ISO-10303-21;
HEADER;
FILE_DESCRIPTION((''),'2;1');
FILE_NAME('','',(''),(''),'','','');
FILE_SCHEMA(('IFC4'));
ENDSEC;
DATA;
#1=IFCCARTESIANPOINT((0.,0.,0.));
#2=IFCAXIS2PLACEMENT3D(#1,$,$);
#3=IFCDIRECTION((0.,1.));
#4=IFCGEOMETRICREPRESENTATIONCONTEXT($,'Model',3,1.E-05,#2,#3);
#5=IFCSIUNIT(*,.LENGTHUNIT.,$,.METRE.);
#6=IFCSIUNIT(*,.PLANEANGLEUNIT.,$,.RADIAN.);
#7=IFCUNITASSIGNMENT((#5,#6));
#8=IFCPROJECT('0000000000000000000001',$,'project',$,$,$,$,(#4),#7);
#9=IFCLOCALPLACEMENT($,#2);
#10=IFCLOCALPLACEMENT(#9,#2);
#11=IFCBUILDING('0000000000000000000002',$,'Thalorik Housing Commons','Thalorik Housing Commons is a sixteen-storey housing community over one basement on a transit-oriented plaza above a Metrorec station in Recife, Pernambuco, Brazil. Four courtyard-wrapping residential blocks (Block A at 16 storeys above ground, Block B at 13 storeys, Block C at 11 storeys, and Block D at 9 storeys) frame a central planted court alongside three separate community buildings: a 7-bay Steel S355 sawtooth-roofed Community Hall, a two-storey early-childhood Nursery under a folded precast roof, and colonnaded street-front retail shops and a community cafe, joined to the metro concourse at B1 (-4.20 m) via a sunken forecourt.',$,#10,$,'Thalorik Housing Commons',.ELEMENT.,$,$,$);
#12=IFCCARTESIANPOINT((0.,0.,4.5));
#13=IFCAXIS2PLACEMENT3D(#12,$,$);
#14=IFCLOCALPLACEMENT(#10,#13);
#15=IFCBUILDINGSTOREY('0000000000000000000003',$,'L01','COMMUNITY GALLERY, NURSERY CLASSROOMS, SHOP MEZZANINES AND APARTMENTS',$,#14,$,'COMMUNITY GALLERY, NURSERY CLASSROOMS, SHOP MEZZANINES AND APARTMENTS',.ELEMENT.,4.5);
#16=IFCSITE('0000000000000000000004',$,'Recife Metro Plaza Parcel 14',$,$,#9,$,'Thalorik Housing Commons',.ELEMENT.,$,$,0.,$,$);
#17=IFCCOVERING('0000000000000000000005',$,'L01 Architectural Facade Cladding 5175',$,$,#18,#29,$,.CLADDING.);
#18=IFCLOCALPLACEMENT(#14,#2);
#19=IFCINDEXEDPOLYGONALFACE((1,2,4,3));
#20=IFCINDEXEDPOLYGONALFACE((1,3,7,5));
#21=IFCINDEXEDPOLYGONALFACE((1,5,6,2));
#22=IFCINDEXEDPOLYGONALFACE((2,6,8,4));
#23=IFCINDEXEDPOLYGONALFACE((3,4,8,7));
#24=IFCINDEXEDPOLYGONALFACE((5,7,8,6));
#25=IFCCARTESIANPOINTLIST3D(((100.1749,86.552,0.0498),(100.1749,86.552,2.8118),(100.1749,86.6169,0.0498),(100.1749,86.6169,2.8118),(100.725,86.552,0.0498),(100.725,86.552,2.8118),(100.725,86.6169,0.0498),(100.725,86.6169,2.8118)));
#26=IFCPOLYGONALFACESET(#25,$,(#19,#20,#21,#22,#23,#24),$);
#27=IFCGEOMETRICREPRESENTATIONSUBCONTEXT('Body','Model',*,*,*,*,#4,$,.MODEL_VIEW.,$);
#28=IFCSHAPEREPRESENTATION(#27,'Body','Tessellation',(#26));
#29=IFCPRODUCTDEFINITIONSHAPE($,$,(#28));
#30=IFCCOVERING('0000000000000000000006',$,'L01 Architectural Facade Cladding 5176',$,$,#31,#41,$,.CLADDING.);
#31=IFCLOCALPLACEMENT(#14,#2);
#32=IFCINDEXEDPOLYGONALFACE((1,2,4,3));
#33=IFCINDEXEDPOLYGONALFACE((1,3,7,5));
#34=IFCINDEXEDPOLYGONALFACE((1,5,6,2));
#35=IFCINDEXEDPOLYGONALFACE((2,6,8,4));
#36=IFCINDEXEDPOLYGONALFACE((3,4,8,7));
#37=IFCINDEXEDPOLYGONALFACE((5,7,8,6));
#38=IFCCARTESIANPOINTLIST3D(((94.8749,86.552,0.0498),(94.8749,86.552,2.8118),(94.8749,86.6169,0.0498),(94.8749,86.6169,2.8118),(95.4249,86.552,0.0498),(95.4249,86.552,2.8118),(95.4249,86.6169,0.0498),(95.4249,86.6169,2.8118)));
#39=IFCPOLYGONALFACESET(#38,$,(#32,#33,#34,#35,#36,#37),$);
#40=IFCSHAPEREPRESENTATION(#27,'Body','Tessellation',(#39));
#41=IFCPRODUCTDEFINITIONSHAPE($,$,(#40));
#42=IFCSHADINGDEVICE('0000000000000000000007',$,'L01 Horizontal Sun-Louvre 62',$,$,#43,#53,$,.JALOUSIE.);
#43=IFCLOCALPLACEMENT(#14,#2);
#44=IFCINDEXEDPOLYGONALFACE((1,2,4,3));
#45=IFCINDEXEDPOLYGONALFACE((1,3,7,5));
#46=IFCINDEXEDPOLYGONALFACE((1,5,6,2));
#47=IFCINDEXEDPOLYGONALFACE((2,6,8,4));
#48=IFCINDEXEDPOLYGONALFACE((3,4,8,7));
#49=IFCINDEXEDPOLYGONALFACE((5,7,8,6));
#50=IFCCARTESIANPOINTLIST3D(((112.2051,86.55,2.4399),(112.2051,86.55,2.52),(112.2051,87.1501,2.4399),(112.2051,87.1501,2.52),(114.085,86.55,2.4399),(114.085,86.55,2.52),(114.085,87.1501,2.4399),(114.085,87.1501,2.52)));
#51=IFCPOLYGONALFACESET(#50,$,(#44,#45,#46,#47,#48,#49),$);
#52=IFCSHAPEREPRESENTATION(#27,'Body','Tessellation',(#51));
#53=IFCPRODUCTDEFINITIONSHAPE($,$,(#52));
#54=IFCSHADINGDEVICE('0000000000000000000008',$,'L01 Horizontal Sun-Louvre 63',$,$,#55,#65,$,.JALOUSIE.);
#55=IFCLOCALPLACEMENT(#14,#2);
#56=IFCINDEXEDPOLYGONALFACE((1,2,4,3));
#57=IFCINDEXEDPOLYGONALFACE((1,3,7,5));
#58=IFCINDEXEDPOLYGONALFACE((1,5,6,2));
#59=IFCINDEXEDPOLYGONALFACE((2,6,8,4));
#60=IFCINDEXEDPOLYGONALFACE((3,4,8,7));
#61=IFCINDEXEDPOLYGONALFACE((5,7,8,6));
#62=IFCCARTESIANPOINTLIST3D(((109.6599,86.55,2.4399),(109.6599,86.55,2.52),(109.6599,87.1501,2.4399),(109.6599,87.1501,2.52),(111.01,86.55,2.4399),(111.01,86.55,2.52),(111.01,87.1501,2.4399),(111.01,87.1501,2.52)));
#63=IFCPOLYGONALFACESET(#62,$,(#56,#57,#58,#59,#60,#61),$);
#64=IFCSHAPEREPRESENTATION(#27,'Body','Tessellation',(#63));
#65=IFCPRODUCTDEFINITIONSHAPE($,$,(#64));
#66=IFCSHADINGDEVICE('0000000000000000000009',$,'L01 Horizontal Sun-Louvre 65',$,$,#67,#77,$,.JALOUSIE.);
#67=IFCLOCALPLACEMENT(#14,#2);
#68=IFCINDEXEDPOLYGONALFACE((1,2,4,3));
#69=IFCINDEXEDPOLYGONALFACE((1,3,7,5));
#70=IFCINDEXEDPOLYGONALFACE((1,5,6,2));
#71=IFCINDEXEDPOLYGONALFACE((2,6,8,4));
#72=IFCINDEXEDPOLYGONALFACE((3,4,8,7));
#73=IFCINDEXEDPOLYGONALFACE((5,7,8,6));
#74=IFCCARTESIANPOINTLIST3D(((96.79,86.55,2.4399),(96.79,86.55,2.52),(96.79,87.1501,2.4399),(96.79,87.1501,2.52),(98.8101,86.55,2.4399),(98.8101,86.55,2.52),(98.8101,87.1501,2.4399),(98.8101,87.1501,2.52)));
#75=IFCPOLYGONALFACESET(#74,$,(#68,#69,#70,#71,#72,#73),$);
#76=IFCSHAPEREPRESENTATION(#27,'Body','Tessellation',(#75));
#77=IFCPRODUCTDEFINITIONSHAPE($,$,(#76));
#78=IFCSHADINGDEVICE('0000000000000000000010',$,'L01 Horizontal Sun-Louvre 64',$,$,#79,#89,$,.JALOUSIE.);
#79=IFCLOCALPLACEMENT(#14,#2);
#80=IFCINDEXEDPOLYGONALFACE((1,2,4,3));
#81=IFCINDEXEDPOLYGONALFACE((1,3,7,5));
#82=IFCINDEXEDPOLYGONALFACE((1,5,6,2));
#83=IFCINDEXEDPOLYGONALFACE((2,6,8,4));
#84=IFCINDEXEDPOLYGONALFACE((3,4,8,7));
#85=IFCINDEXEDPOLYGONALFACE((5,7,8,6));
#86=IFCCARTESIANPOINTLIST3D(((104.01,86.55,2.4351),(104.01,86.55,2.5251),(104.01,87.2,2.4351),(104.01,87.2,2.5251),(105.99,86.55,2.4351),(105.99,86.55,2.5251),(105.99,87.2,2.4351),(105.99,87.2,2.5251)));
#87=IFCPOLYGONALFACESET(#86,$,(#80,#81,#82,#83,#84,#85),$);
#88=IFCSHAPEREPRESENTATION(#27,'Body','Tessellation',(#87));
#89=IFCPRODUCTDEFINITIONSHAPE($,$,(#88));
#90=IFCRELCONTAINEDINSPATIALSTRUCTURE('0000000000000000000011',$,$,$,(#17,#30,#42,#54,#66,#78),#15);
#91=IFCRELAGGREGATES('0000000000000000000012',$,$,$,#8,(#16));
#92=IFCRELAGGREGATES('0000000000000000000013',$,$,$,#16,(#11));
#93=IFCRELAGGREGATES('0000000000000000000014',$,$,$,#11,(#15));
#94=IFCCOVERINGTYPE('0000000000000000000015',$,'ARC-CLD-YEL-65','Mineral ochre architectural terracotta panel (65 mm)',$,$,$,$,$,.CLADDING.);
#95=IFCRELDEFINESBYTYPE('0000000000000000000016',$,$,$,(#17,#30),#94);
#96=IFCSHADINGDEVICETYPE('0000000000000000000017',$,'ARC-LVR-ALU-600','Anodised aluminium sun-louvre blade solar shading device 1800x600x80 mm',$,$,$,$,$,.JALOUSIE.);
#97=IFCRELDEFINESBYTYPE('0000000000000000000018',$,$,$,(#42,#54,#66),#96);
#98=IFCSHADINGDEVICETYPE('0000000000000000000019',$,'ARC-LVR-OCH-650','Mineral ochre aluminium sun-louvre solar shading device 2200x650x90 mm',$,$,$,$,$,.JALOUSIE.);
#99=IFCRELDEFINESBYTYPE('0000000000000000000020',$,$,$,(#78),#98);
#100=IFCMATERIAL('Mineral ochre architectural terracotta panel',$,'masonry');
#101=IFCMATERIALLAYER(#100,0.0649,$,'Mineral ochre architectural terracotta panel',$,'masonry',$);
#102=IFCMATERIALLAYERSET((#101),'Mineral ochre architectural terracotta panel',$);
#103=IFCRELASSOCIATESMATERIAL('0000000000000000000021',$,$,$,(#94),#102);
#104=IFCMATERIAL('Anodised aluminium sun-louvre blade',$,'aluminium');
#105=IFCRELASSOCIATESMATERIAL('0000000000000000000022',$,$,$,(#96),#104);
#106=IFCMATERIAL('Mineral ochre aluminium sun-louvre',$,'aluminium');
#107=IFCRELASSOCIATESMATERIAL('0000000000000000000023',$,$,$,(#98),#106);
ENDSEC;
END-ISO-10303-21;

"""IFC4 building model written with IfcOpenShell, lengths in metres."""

from ifc_helpers import new_model, si_unit, direction, frame, origin, origin_2d, place, context, subcontext, project, spatial, rectangle, extrude, material, layer, layer_set, type_object, element, save


model = new_model("IFC4")

# Units and contexts
model_context = context("Model", 3, precision=1e-05, world=origin(), true_north=direction((0.0, 1.0)))
body_context = subcontext(model_context, "Body", "Model", "MODEL_VIEW")
ifc_project = project(units=[si_unit("LENGTHUNIT", "METRE"), si_unit("PLANEANGLEUNIT", "RADIAN")], contexts=[model_context])

# Site, building, storey
site_placement = place(None, origin())
site = spatial("IfcSite", under=ifc_project, at=site_placement, Name="Recife Metro Plaza Parcel 14", LongName="Thalorik Housing Commons", CompositionType="ELEMENT", RefElevation=0.0)
building_placement = place(site_placement, origin())
building = spatial("IfcBuilding", under=site, at=building_placement, Name="Thalorik Housing Commons", Description="Thalorik Housing Commons is a sixteen-storey housing community over one basement on a transit-oriented plaza above a Metrorec station in Recife, Pernambuco, Brazil. Four courtyard-wrapping residential blocks (Block A at 16 storeys above ground, Block B at 13 storeys, Block C at 11 storeys, and Block D at 9 storeys) frame a central planted court alongside three separate community buildings: a 7-bay Steel S355 sawtooth-roofed Community Hall, a two-storey early-childhood Nursery under a folded precast roof, and colonnaded street-front retail shops and a community cafe, joined to the metro concourse at B1 (-4.20 m) via a sunken forecourt.", LongName="Thalorik Housing Commons", CompositionType="ELEMENT")
storey_placement = place(building_placement, frame((0.0, 0.0, 4.5)))
storey = spatial("IfcBuildingStorey", under=building, at=storey_placement, Name="L01", Description="COMMUNITY GALLERY, NURSERY CLASSROOMS, SHOP MEZZANINES AND APARTMENTS", LongName="COMMUNITY GALLERY, NURSERY CLASSROOMS, SHOP MEZZANINES AND APARTMENTS", CompositionType="ELEMENT", Elevation=4.5)

# Coverings
ifc_material_1 = material(Name="Mineral ochre architectural terracotta panel", Category="masonry")
ifc_layer_1 = layer(ifc_material_1, 0.0649, Name="Mineral ochre architectural terracotta panel", Category="masonry")
ifc_layer_set_1 = layer_set([ifc_layer_1], Name="Mineral ochre architectural terracotta panel")
covering_type_1 = type_object("IfcCoveringType", Name="ARC-CLD-YEL-65", Description="Mineral ochre architectural terracotta panel (65 mm)", PredefinedType="CLADDING", material=ifc_layer_set_1)
for number, where, z_axis, x_axis, name in (
    (1, (100.45, 86.5845, 0.0498), (0.0, 0.0, 1.0), (-1.0, 0.0, 0.0), "L01 Architectural Facade Cladding 5175"),
    (2, (95.1499, 86.5845, 0.0498), (0.0, 0.0, 1.0), (-1.0, 0.0, 0.0), "L01 Architectural Facade Cladding 5176"),
):
    element("IfcCovering", number, at=place(storey_placement, frame(where, z_axis=z_axis, x_axis=x_axis)), inside=storey, type_object=covering_type_1, Name=name, PredefinedType="CLADDING", context=body_context, shape_type="SweptSolid", body=[
        extrude(rectangle(XDim=0.55, YDim=0.0649, at=origin_2d()), origin(), (0.0, 0.0, 1.0), 2.762),
    ])

# Shading devices
ifc_material_2 = material(Name="Anodised aluminium sun-louvre blade", Category="aluminium")
shading_device_type_1 = type_object("IfcShadingDeviceType", Name="ARC-LVR-ALU-600", Description="Anodised aluminium sun-louvre blade solar shading device 1800x600x80 mm", PredefinedType="JALOUSIE", material=ifc_material_2)
shading_device_1_placement = place(storey_placement, frame((113.145, 86.8501, 2.4399), z_axis=(0.0, 0.0, 1.0), x_axis=(-1.0, 0.0, 0.0)))
element("IfcShadingDevice", 3, at=shading_device_1_placement, inside=storey, type_object=shading_device_type_1, Name="L01 Horizontal Sun-Louvre 62", PredefinedType="JALOUSIE", context=body_context, shape_type="SweptSolid", body=[
    extrude(rectangle(XDim=1.8799, YDim=0.6001, at=origin_2d()), origin(), (0.0, 0.0, 1.0), 0.0801),
])
shading_device_2_placement = place(storey_placement, frame((110.335, 86.8501, 2.4399), z_axis=(0.0, 0.0, 1.0), x_axis=(-1.0, 0.0, 0.0)))
element("IfcShadingDevice", 4, at=shading_device_2_placement, inside=storey, type_object=shading_device_type_1, Name="L01 Horizontal Sun-Louvre 63", PredefinedType="JALOUSIE", context=body_context, shape_type="SweptSolid", body=[
    extrude(rectangle(XDim=1.3501, YDim=0.6001, at=origin_2d()), origin(), (0.0, 0.0, 1.0), 0.0801),
])
shading_device_3_placement = place(storey_placement, frame((97.8, 86.8501, 2.4399), z_axis=(0.0, 0.0, 1.0), x_axis=(-1.0, 0.0, 0.0)))
element("IfcShadingDevice", 5, at=shading_device_3_placement, inside=storey, type_object=shading_device_type_1, Name="L01 Horizontal Sun-Louvre 65", PredefinedType="JALOUSIE", context=body_context, shape_type="SweptSolid", body=[
    extrude(rectangle(XDim=2.02, YDim=0.6001, at=origin_2d()), origin(), (0.0, 0.0, 1.0), 0.0801),
])
ifc_material_3 = material(Name="Mineral ochre aluminium sun-louvre", Category="aluminium")
shading_device_type_2 = type_object("IfcShadingDeviceType", Name="ARC-LVR-OCH-650", Description="Mineral ochre aluminium sun-louvre solar shading device 2200x650x90 mm", PredefinedType="JALOUSIE", material=ifc_material_3)
shading_device_4_placement = place(storey_placement, frame((105.0, 86.875, 2.4351), z_axis=(0.0, 0.0, 1.0), x_axis=(-1.0, 0.0, 0.0)))
element("IfcShadingDevice", 6, at=shading_device_4_placement, inside=storey, type_object=shading_device_type_2, Name="L01 Horizontal Sun-Louvre 64", PredefinedType="JALOUSIE", context=body_context, shape_type="SweptSolid", body=[
    extrude(rectangle(XDim=1.98, YDim=0.6499, at=origin_2d()), origin(), (0.0, 0.0, 1.0), 0.0901),
])

save(model, "model.ifc")
